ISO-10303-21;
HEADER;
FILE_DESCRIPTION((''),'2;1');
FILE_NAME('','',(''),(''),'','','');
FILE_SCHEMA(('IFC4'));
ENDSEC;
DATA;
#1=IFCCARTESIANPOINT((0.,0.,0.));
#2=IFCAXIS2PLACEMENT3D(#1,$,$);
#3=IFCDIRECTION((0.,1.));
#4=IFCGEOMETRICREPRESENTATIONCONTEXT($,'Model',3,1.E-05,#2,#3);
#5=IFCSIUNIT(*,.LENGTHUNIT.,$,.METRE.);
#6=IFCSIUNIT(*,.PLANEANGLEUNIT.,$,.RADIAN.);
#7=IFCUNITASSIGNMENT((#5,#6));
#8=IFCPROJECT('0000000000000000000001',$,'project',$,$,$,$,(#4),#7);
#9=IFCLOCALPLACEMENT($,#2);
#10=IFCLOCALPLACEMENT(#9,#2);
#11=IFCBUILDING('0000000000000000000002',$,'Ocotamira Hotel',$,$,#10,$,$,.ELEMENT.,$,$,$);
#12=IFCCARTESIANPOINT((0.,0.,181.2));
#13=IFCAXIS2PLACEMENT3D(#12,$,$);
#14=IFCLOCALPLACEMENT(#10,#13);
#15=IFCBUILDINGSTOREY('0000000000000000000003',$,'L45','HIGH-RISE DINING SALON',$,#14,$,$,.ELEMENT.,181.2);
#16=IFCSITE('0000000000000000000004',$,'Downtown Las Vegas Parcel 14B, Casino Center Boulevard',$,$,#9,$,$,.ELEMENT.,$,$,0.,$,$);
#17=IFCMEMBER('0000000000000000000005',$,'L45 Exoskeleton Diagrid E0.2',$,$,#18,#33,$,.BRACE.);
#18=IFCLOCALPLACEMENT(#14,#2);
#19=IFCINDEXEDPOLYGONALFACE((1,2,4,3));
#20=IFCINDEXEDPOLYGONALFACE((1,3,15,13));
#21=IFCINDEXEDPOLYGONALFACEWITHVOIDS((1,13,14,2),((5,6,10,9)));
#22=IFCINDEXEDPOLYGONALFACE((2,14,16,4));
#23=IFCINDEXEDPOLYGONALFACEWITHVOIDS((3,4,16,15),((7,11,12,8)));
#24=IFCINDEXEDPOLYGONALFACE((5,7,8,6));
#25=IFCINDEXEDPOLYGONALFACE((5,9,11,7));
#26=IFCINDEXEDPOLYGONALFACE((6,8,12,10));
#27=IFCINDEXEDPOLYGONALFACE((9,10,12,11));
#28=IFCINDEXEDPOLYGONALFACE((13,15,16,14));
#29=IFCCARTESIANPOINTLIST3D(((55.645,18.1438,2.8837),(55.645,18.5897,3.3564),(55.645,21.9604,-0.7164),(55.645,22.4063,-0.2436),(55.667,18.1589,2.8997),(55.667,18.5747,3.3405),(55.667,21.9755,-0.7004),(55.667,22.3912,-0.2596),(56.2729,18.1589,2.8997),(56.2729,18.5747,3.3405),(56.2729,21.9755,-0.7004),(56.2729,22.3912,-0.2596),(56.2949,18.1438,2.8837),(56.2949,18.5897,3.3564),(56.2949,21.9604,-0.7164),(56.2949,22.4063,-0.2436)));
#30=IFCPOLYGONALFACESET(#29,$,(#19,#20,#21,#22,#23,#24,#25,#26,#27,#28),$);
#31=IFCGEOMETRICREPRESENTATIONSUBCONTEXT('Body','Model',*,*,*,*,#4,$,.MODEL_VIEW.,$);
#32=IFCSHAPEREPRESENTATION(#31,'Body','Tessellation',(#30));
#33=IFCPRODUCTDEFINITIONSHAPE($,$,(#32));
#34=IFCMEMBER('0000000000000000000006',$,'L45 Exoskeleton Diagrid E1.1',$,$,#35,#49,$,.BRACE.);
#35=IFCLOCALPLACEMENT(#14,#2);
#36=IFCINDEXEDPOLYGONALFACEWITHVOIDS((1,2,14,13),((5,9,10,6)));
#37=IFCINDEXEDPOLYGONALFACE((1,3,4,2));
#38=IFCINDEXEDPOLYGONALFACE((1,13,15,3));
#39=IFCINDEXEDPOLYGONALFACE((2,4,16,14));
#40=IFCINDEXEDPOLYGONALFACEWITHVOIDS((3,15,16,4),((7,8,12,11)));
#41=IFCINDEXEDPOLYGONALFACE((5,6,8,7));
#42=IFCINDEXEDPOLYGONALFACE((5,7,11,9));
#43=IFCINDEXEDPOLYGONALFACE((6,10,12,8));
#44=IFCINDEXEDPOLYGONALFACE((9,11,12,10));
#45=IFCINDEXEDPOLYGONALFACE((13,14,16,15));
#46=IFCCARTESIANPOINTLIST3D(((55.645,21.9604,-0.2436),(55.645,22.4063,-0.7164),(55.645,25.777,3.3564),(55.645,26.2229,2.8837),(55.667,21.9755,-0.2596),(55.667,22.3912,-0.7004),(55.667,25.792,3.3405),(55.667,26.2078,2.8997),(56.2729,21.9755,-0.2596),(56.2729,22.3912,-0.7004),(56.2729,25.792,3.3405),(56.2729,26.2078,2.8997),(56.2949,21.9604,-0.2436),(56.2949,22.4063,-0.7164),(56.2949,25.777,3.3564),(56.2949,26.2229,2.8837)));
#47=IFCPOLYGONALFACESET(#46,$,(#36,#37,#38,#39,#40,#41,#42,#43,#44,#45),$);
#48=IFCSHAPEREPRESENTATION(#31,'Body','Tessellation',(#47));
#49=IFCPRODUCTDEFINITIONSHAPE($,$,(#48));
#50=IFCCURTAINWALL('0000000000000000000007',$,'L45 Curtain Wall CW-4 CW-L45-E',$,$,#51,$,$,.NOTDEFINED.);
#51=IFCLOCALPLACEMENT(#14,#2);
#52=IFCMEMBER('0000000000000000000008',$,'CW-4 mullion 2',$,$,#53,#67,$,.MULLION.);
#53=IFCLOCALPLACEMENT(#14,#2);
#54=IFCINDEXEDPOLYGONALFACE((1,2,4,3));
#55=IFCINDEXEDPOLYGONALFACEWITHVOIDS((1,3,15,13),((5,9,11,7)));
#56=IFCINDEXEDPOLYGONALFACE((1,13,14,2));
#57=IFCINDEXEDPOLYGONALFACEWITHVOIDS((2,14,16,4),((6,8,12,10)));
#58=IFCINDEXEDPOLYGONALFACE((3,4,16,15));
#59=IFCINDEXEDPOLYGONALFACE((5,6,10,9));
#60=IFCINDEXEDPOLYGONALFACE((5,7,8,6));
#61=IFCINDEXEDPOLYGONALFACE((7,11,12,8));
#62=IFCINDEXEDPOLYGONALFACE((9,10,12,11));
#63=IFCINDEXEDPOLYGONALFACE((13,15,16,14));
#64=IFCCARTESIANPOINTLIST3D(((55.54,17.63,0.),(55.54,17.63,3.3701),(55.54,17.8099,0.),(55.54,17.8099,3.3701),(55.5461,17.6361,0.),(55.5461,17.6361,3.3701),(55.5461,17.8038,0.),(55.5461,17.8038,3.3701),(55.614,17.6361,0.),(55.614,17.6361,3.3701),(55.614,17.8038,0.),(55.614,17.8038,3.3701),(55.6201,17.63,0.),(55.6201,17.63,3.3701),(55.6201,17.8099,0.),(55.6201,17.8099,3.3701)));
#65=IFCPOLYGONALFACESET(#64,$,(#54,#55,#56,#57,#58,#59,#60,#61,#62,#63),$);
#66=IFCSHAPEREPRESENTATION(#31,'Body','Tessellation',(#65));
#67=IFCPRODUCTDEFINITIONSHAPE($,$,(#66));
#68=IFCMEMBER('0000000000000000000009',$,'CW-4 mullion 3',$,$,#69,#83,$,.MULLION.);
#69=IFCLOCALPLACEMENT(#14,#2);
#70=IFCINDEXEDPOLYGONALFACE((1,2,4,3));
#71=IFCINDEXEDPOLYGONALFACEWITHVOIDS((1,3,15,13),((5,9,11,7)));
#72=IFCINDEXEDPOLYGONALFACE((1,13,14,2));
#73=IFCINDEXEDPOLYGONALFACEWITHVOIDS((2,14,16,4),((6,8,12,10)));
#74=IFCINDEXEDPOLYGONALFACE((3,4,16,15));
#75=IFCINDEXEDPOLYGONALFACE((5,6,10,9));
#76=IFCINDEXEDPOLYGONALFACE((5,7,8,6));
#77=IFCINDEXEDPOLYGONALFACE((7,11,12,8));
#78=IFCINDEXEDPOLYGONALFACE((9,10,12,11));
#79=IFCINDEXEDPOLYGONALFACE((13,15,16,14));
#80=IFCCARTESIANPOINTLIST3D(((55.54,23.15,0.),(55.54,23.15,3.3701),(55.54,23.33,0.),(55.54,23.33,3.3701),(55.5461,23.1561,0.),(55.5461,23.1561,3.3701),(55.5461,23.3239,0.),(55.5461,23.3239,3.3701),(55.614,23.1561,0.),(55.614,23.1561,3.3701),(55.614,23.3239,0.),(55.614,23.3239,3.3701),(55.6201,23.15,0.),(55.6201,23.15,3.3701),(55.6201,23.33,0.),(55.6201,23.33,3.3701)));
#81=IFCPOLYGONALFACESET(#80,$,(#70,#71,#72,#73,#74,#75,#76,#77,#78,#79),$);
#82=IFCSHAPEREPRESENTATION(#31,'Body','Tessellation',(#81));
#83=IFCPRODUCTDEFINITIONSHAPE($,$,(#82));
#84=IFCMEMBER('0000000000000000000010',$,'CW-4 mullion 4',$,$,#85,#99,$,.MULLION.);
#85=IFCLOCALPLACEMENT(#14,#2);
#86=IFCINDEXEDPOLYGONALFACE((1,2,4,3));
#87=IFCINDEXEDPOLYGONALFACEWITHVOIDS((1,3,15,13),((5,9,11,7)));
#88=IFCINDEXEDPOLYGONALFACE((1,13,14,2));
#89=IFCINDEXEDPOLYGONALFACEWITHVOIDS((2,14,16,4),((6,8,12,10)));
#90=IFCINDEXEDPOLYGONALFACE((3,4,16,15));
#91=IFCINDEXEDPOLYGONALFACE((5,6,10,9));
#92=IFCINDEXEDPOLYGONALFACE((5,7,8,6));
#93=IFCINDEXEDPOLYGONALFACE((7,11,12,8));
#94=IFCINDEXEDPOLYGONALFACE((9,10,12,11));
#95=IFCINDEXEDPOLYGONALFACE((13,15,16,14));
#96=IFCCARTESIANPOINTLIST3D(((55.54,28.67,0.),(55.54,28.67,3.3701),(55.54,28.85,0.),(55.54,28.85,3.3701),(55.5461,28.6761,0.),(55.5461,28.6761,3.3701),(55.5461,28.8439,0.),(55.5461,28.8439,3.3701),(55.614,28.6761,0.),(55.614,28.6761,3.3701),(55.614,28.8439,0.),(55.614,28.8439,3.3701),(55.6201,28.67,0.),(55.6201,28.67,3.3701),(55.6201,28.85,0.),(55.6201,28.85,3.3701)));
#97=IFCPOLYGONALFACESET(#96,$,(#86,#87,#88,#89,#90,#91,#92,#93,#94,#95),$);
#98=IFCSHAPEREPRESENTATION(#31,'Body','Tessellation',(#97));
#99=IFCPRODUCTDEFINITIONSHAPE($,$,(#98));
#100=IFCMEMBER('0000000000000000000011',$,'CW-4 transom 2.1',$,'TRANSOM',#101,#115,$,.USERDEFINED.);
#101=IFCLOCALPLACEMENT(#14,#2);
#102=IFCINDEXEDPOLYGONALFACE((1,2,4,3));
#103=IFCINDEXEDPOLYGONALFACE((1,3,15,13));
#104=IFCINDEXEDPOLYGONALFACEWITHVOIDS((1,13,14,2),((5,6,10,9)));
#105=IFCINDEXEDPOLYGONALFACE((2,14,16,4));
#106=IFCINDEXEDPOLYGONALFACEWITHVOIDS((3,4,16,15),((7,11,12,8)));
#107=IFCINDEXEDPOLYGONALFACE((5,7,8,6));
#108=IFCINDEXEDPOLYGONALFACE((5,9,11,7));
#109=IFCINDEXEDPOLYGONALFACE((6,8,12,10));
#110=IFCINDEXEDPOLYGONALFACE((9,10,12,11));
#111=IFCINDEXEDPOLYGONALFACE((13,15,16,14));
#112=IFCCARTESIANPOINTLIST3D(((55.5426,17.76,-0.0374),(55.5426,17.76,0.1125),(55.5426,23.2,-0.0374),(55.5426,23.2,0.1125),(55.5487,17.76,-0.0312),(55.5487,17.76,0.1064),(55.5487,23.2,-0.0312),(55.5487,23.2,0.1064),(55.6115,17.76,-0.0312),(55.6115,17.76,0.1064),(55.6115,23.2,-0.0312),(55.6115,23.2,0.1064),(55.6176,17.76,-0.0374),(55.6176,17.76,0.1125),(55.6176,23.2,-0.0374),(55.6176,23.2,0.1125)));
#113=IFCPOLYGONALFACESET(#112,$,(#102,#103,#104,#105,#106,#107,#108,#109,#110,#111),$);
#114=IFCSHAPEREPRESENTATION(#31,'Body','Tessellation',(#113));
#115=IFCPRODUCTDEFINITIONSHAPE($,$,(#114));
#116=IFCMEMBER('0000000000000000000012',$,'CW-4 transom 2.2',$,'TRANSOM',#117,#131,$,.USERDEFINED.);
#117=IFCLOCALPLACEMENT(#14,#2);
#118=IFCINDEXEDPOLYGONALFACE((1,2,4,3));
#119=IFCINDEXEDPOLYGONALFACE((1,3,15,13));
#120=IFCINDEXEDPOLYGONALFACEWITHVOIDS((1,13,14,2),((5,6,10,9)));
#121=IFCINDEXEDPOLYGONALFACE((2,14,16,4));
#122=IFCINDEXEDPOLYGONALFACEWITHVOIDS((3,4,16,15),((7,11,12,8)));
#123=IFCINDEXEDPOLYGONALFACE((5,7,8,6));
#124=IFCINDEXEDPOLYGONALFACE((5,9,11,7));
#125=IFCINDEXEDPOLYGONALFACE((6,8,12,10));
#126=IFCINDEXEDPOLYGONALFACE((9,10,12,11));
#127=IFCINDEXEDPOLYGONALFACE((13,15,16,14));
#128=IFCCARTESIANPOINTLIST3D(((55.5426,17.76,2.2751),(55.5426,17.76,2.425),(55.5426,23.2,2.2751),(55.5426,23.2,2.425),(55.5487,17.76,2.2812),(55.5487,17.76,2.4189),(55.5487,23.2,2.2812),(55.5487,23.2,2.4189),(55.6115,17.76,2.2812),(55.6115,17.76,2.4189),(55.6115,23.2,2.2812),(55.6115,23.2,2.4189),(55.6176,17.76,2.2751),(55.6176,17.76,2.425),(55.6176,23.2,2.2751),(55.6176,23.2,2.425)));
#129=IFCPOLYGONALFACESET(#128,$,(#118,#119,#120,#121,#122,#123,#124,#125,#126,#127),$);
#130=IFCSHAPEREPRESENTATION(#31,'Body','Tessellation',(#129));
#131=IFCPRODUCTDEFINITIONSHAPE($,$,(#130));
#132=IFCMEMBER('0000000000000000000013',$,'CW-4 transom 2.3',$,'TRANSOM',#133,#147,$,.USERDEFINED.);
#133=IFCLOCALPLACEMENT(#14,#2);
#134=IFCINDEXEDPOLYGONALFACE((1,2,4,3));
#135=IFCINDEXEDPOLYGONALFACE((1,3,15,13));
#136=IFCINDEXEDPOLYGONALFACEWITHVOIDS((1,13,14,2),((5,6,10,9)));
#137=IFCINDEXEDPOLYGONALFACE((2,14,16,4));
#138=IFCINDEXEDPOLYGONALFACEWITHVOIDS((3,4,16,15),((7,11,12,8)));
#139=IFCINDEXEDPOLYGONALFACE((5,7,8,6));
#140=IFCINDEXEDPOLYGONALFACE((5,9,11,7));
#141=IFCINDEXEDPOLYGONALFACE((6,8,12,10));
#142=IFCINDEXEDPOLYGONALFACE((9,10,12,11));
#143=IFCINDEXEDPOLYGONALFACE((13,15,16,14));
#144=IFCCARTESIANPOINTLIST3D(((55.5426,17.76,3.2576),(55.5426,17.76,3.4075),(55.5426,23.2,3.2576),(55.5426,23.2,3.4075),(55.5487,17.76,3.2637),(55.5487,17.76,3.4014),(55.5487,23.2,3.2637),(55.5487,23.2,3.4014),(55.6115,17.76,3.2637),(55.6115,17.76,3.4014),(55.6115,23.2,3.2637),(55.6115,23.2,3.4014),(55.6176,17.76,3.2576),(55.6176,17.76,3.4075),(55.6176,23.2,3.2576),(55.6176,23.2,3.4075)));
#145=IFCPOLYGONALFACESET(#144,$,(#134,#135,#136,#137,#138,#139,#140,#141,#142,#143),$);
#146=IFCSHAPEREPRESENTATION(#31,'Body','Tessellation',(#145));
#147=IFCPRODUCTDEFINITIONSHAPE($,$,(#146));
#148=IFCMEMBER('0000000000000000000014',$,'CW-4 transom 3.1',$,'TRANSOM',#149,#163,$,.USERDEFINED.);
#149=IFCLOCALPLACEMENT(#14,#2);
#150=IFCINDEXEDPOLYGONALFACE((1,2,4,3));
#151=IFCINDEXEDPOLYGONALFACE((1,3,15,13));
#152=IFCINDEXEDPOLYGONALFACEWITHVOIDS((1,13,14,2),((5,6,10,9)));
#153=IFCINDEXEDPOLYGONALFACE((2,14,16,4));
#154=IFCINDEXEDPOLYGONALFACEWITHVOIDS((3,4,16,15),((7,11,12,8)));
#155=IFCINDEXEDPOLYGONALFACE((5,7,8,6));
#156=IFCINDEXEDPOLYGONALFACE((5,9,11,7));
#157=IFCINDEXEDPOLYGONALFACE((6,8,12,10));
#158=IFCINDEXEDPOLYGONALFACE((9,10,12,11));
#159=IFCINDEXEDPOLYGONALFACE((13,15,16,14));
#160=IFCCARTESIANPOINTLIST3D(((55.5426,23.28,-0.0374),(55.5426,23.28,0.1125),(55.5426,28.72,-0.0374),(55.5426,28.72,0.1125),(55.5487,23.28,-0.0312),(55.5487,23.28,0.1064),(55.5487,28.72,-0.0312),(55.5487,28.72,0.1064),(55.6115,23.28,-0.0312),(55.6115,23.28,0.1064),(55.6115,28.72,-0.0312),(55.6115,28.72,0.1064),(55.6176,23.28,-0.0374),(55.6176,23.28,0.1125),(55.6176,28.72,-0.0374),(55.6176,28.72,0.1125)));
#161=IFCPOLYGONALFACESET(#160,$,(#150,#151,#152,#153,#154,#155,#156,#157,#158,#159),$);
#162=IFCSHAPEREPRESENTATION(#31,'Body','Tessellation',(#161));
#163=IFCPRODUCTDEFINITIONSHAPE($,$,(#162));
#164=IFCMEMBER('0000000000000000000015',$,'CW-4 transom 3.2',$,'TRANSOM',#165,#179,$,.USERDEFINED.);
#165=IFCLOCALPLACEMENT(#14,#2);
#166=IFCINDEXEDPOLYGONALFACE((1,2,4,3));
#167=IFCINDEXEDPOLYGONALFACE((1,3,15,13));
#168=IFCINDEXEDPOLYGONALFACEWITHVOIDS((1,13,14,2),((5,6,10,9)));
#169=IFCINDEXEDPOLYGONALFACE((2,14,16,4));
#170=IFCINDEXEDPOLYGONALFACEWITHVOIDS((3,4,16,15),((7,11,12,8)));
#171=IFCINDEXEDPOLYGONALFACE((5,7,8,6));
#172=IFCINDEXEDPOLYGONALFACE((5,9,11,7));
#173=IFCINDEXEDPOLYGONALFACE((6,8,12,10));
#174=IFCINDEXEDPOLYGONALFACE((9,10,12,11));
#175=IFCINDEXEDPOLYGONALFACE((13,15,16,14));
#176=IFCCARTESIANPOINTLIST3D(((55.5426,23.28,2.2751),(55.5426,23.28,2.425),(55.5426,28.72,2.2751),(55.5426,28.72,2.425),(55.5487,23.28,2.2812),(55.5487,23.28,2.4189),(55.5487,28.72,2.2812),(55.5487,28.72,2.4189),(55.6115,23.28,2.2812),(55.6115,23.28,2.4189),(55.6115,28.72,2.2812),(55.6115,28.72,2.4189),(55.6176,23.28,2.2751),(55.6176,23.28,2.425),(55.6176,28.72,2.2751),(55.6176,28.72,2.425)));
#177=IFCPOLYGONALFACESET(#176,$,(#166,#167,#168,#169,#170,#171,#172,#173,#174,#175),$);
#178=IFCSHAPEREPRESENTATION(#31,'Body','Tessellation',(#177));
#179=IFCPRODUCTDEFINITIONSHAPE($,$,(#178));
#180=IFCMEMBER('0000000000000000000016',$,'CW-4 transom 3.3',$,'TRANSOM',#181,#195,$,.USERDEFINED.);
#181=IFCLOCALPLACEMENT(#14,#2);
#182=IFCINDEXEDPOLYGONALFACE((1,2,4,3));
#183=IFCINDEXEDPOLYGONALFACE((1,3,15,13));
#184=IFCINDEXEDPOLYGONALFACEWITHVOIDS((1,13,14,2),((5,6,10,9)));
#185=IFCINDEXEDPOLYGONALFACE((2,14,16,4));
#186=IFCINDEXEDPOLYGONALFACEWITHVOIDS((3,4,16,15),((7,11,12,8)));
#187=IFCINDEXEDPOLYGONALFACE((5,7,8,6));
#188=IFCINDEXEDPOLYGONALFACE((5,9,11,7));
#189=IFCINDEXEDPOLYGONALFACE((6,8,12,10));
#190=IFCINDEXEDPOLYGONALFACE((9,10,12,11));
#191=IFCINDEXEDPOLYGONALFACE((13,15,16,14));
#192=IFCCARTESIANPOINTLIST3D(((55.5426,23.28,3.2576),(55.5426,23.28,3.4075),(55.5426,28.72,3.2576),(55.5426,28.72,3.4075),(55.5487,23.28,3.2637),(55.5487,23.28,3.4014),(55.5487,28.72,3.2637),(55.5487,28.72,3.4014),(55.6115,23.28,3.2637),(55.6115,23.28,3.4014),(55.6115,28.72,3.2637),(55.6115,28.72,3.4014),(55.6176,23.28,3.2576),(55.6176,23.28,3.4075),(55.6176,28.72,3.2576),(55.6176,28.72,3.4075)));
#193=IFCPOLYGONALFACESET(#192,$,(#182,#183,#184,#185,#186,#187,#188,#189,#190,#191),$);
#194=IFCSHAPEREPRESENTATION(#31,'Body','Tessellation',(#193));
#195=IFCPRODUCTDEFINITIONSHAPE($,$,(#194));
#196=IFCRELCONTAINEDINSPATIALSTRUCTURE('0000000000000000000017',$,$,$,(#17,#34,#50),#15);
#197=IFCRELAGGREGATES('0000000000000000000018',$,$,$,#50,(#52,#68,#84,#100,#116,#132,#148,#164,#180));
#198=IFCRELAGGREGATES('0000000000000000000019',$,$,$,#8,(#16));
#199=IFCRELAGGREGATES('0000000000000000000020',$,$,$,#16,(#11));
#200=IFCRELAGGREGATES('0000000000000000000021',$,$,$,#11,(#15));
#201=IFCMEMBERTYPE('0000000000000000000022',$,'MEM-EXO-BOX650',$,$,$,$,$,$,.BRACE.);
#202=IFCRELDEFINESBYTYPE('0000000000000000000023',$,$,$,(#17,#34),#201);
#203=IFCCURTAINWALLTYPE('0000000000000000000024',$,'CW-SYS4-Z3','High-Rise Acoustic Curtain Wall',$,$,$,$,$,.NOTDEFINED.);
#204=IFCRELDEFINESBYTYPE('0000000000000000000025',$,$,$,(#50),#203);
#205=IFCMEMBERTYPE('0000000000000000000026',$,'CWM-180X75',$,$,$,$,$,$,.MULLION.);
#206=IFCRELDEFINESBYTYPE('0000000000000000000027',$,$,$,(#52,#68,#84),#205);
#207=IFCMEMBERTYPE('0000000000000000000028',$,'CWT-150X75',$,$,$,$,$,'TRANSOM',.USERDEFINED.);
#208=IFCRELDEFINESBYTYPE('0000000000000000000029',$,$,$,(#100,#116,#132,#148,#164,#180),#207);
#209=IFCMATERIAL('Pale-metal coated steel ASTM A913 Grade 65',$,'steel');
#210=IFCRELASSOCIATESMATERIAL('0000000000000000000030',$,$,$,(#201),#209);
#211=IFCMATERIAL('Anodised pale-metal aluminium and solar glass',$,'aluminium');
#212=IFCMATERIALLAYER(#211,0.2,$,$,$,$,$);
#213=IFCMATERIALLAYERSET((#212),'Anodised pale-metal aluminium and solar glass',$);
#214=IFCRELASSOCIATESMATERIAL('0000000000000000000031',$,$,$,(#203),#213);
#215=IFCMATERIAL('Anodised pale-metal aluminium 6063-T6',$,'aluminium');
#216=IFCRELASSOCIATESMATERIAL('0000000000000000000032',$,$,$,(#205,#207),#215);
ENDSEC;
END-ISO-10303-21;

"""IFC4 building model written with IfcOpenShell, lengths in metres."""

from ifc_helpers import new_model, si_unit, direction, frame, origin, origin_2d, place, context, subcontext, project, spatial, hollow_rectangle, extrude, source, transform, mapped, material, layer, layer_set, material_profile, profile_set, type_object, element, aggregate, save


model = new_model("IFC4")

# Units and contexts
model_context = context("Model", 3, precision=1e-05, world=origin(), true_north=direction((0.0, 1.0)))
body_context = subcontext(model_context, "Body", "Model", "MODEL_VIEW")
ifc_project = project(units=[si_unit("LENGTHUNIT", "METRE"), si_unit("PLANEANGLEUNIT", "RADIAN")], contexts=[model_context])

# Site, building, storey
site_placement = place(None, origin())
site = spatial("IfcSite", under=ifc_project, at=site_placement, Name="Downtown Las Vegas Parcel 14B, Casino Center Boulevard", CompositionType="ELEMENT", RefElevation=0.0)
building_placement = place(site_placement, origin())
building = spatial("IfcBuilding", under=site, at=building_placement, Name="Ocotamira Hotel", CompositionType="ELEMENT")
storey_placement = place(building_placement, frame((0.0, 0.0, 181.2)))
storey = spatial("IfcBuildingStorey", under=building, at=storey_placement, Name="L45", Description="HIGH-RISE DINING SALON", CompositionType="ELEMENT", Elevation=181.2)

# Members
ifc_material_1 = material(Name="Pale-metal coated steel ASTM A913 Grade 65", Category="steel")
ifc_material_profile_1 = material_profile(ifc_material_1, hollow_rectangle(XDim=0.6499, YDim=0.6499, WallThickness=0.022, at=origin_2d()), Name="BOX650X650X22")
ifc_profile_set_1 = profile_set([ifc_material_profile_1], Name="Pale-metal coated steel ASTM A913 Grade 65")
member_type_1 = type_object("IfcMemberType", Name="MEM-EXO-BOX650", PredefinedType="BRACE", material=ifc_profile_set_1)
shared_shape_1 = source(origin(), body_context, "Body", "SweptSolid", [
    extrude(hollow_rectangle(XDim=0.6499, YDim=0.6499, WallThickness=0.022, at=origin_2d()), origin(), (0.0, 0.0, 1.0), 5.2466),
])
for number, where, z_axis, x_axis, name in (
    (1, (55.97, 22.1833, -0.48), (0.0, -0.727443, 0.686168), (1.0, 0.0, 0.0), "L45 Exoskeleton Diagrid E0.2"),
    (2, (55.97, 22.1833, -0.48), (0.0, 0.727443, 0.686168), (-1.0, 0.0, 0.0), "L45 Exoskeleton Diagrid E1.1"),
):
    element("IfcMember", number, at=place(storey_placement, frame(where, z_axis=z_axis, x_axis=x_axis)), inside=storey, type_object=member_type_1, Name=name, PredefinedType="BRACE", context=body_context, shape_type="MappedRepresentation", body=[
        mapped(shared_shape_1, transform((0.0, 0.0, 0.0), scale=1.0)),
    ])

# Curtain wall, members
ifc_material_2 = material(Name="Anodised pale-metal aluminium and solar glass", Category="aluminium")
ifc_layer_1 = layer(ifc_material_2, 0.2)
ifc_layer_set_1 = layer_set([ifc_layer_1], Name="Anodised pale-metal aluminium and solar glass")
curtain_wall_type = type_object("IfcCurtainWallType", Name="CW-SYS4-Z3", Description="High-Rise Acoustic Curtain Wall", PredefinedType="NOTDEFINED", material=ifc_layer_set_1)
curtain_wall_placement = place(storey_placement, origin())
curtain_wall = element("IfcCurtainWall", 3, at=curtain_wall_placement, inside=storey, type_object=curtain_wall_type, Name="L45 Curtain Wall CW-4 CW-L45-E", PredefinedType="NOTDEFINED")
ifc_material_3 = material(Name="Anodised pale-metal aluminium 6063-T6", Category="aluminium")
ifc_material_profile_2 = material_profile(ifc_material_3, hollow_rectangle(XDim=0.0801, YDim=0.1799, WallThickness=0.0061, at=origin_2d()), Name="HSS180X80X6")
ifc_profile_set_2 = profile_set([ifc_material_profile_2], Name="Anodised pale-metal aluminium 6063-T6")
member_type_2 = type_object("IfcMemberType", Name="CWM-180X75", PredefinedType="MULLION", material=ifc_profile_set_2)
shared_shape_2 = source(origin(), body_context, "Body", "SweptSolid", [
    extrude(hollow_rectangle(XDim=0.0801, YDim=0.1799, WallThickness=0.0061, at=origin_2d()), origin(), (0.0, 0.0, 1.0), 3.3701),
])
member_1_placement = place(storey_placement, frame((55.5801, 17.72, 0.0), z_axis=(0.0, 0.0, 1.0), x_axis=(-1.0, 0.0, 0.0)))
member_1 = element("IfcMember", 4, at=member_1_placement, type_object=member_type_2, Name="CW-4 mullion 2", PredefinedType="MULLION", context=body_context, shape_type="MappedRepresentation", body=[
    mapped(shared_shape_2, transform((0.0, 0.0, 0.0), scale=1.0)),
])
member_2_placement = place(storey_placement, frame((55.5801, 23.24, 0.0), z_axis=(0.0, 0.0, 1.0), x_axis=(-1.0, 0.0, 0.0)))
member_2 = element("IfcMember", 5, at=member_2_placement, type_object=member_type_2, Name="CW-4 mullion 3", PredefinedType="MULLION", context=body_context, shape_type="MappedRepresentation", body=[
    mapped(shared_shape_2, transform((0.0, 0.0, 0.0), scale=1.0)),
])
member_3_placement = place(storey_placement, frame((55.5801, 28.76, 0.0), z_axis=(0.0, 0.0, 1.0), x_axis=(-1.0, 0.0, 0.0)))
member_3 = element("IfcMember", 6, at=member_3_placement, type_object=member_type_2, Name="CW-4 mullion 4", PredefinedType="MULLION", context=body_context, shape_type="MappedRepresentation", body=[
    mapped(shared_shape_2, transform((0.0, 0.0, 0.0), scale=1.0)),
])
ifc_material_profile_3 = material_profile(ifc_material_3, hollow_rectangle(XDim=0.075, YDim=0.1499, WallThickness=0.0061, at=origin_2d()), Name="HSS150X75X6")
ifc_profile_set_3 = profile_set([ifc_material_profile_3], Name="Anodised pale-metal aluminium 6063-T6")
member_type_3 = type_object("IfcMemberType", Name="CWT-150X75", ElementType="TRANSOM", PredefinedType="USERDEFINED", material=ifc_profile_set_3)
shared_shape_3 = source(origin(), body_context, "Body", "SweptSolid", [
    extrude(hollow_rectangle(XDim=0.075, YDim=0.1499, WallThickness=0.0061, at=origin_2d()), origin(), (0.0, 0.0, 1.0), 5.4399),
])
member_4_placement = place(storey_placement, frame((55.5801, 17.76, 0.0376), z_axis=(0.0, 1.0, 0.0), x_axis=(-1.0, 0.0, 0.0)))
member_4 = element("IfcMember", 7, at=member_4_placement, type_object=member_type_3, Name="CW-4 transom 2.1", ObjectType="TRANSOM", PredefinedType="USERDEFINED", context=body_context, shape_type="MappedRepresentation", body=[
    mapped(shared_shape_3, transform((0.0, 0.0, 0.0), scale=1.0)),
])
member_5_placement = place(storey_placement, frame((55.5801, 17.76, 2.3501), z_axis=(0.0, 1.0, 0.0), x_axis=(-1.0, 0.0, 0.0)))
member_5 = element("IfcMember", 8, at=member_5_placement, type_object=member_type_3, Name="CW-4 transom 2.2", ObjectType="TRANSOM", PredefinedType="USERDEFINED", context=body_context, shape_type="MappedRepresentation", body=[
    mapped(shared_shape_3, transform((0.0, 0.0, 0.0), scale=1.0)),
])
member_6_placement = place(storey_placement, frame((55.5801, 17.76, 3.3325), z_axis=(0.0, 1.0, 0.0), x_axis=(-1.0, 0.0, 0.0)))
member_6 = element("IfcMember", 9, at=member_6_placement, type_object=member_type_3, Name="CW-4 transom 2.3", ObjectType="TRANSOM", PredefinedType="USERDEFINED", context=body_context, shape_type="MappedRepresentation", body=[
    mapped(shared_shape_3, transform((0.0, 0.0, 0.0), scale=1.0)),
])
member_7_placement = place(storey_placement, frame((55.5801, 23.28, 0.0376), z_axis=(0.0, 1.0, 0.0), x_axis=(-1.0, 0.0, 0.0)))
member_7 = element("IfcMember", 10, at=member_7_placement, type_object=member_type_3, Name="CW-4 transom 3.1", ObjectType="TRANSOM", PredefinedType="USERDEFINED", context=body_context, shape_type="MappedRepresentation", body=[
    mapped(shared_shape_3, transform((0.0, 0.0, 0.0), scale=1.0)),
])
member_8_placement = place(storey_placement, frame((55.5801, 23.28, 2.3501), z_axis=(0.0, 1.0, 0.0), x_axis=(-1.0, 0.0, 0.0)))
member_8 = element("IfcMember", 11, at=member_8_placement, type_object=member_type_3, Name="CW-4 transom 3.2", ObjectType="TRANSOM", PredefinedType="USERDEFINED", context=body_context, shape_type="MappedRepresentation", body=[
    mapped(shared_shape_3, transform((0.0, 0.0, 0.0), scale=1.0)),
])
member_9_placement = place(storey_placement, frame((55.5801, 23.28, 3.3325), z_axis=(0.0, 1.0, 0.0), x_axis=(-1.0, 0.0, 0.0)))
member_9 = element("IfcMember", 12, at=member_9_placement, type_object=member_type_3, Name="CW-4 transom 3.3", ObjectType="TRANSOM", PredefinedType="USERDEFINED", context=body_context, shape_type="MappedRepresentation", body=[
    mapped(shared_shape_3, transform((0.0, 0.0, 0.0), scale=1.0)),
])

aggregate(curtain_wall, [member_1, member_2, member_3, member_4, member_5, member_6, member_7, member_8, member_9])

save(model, "model.ifc")
